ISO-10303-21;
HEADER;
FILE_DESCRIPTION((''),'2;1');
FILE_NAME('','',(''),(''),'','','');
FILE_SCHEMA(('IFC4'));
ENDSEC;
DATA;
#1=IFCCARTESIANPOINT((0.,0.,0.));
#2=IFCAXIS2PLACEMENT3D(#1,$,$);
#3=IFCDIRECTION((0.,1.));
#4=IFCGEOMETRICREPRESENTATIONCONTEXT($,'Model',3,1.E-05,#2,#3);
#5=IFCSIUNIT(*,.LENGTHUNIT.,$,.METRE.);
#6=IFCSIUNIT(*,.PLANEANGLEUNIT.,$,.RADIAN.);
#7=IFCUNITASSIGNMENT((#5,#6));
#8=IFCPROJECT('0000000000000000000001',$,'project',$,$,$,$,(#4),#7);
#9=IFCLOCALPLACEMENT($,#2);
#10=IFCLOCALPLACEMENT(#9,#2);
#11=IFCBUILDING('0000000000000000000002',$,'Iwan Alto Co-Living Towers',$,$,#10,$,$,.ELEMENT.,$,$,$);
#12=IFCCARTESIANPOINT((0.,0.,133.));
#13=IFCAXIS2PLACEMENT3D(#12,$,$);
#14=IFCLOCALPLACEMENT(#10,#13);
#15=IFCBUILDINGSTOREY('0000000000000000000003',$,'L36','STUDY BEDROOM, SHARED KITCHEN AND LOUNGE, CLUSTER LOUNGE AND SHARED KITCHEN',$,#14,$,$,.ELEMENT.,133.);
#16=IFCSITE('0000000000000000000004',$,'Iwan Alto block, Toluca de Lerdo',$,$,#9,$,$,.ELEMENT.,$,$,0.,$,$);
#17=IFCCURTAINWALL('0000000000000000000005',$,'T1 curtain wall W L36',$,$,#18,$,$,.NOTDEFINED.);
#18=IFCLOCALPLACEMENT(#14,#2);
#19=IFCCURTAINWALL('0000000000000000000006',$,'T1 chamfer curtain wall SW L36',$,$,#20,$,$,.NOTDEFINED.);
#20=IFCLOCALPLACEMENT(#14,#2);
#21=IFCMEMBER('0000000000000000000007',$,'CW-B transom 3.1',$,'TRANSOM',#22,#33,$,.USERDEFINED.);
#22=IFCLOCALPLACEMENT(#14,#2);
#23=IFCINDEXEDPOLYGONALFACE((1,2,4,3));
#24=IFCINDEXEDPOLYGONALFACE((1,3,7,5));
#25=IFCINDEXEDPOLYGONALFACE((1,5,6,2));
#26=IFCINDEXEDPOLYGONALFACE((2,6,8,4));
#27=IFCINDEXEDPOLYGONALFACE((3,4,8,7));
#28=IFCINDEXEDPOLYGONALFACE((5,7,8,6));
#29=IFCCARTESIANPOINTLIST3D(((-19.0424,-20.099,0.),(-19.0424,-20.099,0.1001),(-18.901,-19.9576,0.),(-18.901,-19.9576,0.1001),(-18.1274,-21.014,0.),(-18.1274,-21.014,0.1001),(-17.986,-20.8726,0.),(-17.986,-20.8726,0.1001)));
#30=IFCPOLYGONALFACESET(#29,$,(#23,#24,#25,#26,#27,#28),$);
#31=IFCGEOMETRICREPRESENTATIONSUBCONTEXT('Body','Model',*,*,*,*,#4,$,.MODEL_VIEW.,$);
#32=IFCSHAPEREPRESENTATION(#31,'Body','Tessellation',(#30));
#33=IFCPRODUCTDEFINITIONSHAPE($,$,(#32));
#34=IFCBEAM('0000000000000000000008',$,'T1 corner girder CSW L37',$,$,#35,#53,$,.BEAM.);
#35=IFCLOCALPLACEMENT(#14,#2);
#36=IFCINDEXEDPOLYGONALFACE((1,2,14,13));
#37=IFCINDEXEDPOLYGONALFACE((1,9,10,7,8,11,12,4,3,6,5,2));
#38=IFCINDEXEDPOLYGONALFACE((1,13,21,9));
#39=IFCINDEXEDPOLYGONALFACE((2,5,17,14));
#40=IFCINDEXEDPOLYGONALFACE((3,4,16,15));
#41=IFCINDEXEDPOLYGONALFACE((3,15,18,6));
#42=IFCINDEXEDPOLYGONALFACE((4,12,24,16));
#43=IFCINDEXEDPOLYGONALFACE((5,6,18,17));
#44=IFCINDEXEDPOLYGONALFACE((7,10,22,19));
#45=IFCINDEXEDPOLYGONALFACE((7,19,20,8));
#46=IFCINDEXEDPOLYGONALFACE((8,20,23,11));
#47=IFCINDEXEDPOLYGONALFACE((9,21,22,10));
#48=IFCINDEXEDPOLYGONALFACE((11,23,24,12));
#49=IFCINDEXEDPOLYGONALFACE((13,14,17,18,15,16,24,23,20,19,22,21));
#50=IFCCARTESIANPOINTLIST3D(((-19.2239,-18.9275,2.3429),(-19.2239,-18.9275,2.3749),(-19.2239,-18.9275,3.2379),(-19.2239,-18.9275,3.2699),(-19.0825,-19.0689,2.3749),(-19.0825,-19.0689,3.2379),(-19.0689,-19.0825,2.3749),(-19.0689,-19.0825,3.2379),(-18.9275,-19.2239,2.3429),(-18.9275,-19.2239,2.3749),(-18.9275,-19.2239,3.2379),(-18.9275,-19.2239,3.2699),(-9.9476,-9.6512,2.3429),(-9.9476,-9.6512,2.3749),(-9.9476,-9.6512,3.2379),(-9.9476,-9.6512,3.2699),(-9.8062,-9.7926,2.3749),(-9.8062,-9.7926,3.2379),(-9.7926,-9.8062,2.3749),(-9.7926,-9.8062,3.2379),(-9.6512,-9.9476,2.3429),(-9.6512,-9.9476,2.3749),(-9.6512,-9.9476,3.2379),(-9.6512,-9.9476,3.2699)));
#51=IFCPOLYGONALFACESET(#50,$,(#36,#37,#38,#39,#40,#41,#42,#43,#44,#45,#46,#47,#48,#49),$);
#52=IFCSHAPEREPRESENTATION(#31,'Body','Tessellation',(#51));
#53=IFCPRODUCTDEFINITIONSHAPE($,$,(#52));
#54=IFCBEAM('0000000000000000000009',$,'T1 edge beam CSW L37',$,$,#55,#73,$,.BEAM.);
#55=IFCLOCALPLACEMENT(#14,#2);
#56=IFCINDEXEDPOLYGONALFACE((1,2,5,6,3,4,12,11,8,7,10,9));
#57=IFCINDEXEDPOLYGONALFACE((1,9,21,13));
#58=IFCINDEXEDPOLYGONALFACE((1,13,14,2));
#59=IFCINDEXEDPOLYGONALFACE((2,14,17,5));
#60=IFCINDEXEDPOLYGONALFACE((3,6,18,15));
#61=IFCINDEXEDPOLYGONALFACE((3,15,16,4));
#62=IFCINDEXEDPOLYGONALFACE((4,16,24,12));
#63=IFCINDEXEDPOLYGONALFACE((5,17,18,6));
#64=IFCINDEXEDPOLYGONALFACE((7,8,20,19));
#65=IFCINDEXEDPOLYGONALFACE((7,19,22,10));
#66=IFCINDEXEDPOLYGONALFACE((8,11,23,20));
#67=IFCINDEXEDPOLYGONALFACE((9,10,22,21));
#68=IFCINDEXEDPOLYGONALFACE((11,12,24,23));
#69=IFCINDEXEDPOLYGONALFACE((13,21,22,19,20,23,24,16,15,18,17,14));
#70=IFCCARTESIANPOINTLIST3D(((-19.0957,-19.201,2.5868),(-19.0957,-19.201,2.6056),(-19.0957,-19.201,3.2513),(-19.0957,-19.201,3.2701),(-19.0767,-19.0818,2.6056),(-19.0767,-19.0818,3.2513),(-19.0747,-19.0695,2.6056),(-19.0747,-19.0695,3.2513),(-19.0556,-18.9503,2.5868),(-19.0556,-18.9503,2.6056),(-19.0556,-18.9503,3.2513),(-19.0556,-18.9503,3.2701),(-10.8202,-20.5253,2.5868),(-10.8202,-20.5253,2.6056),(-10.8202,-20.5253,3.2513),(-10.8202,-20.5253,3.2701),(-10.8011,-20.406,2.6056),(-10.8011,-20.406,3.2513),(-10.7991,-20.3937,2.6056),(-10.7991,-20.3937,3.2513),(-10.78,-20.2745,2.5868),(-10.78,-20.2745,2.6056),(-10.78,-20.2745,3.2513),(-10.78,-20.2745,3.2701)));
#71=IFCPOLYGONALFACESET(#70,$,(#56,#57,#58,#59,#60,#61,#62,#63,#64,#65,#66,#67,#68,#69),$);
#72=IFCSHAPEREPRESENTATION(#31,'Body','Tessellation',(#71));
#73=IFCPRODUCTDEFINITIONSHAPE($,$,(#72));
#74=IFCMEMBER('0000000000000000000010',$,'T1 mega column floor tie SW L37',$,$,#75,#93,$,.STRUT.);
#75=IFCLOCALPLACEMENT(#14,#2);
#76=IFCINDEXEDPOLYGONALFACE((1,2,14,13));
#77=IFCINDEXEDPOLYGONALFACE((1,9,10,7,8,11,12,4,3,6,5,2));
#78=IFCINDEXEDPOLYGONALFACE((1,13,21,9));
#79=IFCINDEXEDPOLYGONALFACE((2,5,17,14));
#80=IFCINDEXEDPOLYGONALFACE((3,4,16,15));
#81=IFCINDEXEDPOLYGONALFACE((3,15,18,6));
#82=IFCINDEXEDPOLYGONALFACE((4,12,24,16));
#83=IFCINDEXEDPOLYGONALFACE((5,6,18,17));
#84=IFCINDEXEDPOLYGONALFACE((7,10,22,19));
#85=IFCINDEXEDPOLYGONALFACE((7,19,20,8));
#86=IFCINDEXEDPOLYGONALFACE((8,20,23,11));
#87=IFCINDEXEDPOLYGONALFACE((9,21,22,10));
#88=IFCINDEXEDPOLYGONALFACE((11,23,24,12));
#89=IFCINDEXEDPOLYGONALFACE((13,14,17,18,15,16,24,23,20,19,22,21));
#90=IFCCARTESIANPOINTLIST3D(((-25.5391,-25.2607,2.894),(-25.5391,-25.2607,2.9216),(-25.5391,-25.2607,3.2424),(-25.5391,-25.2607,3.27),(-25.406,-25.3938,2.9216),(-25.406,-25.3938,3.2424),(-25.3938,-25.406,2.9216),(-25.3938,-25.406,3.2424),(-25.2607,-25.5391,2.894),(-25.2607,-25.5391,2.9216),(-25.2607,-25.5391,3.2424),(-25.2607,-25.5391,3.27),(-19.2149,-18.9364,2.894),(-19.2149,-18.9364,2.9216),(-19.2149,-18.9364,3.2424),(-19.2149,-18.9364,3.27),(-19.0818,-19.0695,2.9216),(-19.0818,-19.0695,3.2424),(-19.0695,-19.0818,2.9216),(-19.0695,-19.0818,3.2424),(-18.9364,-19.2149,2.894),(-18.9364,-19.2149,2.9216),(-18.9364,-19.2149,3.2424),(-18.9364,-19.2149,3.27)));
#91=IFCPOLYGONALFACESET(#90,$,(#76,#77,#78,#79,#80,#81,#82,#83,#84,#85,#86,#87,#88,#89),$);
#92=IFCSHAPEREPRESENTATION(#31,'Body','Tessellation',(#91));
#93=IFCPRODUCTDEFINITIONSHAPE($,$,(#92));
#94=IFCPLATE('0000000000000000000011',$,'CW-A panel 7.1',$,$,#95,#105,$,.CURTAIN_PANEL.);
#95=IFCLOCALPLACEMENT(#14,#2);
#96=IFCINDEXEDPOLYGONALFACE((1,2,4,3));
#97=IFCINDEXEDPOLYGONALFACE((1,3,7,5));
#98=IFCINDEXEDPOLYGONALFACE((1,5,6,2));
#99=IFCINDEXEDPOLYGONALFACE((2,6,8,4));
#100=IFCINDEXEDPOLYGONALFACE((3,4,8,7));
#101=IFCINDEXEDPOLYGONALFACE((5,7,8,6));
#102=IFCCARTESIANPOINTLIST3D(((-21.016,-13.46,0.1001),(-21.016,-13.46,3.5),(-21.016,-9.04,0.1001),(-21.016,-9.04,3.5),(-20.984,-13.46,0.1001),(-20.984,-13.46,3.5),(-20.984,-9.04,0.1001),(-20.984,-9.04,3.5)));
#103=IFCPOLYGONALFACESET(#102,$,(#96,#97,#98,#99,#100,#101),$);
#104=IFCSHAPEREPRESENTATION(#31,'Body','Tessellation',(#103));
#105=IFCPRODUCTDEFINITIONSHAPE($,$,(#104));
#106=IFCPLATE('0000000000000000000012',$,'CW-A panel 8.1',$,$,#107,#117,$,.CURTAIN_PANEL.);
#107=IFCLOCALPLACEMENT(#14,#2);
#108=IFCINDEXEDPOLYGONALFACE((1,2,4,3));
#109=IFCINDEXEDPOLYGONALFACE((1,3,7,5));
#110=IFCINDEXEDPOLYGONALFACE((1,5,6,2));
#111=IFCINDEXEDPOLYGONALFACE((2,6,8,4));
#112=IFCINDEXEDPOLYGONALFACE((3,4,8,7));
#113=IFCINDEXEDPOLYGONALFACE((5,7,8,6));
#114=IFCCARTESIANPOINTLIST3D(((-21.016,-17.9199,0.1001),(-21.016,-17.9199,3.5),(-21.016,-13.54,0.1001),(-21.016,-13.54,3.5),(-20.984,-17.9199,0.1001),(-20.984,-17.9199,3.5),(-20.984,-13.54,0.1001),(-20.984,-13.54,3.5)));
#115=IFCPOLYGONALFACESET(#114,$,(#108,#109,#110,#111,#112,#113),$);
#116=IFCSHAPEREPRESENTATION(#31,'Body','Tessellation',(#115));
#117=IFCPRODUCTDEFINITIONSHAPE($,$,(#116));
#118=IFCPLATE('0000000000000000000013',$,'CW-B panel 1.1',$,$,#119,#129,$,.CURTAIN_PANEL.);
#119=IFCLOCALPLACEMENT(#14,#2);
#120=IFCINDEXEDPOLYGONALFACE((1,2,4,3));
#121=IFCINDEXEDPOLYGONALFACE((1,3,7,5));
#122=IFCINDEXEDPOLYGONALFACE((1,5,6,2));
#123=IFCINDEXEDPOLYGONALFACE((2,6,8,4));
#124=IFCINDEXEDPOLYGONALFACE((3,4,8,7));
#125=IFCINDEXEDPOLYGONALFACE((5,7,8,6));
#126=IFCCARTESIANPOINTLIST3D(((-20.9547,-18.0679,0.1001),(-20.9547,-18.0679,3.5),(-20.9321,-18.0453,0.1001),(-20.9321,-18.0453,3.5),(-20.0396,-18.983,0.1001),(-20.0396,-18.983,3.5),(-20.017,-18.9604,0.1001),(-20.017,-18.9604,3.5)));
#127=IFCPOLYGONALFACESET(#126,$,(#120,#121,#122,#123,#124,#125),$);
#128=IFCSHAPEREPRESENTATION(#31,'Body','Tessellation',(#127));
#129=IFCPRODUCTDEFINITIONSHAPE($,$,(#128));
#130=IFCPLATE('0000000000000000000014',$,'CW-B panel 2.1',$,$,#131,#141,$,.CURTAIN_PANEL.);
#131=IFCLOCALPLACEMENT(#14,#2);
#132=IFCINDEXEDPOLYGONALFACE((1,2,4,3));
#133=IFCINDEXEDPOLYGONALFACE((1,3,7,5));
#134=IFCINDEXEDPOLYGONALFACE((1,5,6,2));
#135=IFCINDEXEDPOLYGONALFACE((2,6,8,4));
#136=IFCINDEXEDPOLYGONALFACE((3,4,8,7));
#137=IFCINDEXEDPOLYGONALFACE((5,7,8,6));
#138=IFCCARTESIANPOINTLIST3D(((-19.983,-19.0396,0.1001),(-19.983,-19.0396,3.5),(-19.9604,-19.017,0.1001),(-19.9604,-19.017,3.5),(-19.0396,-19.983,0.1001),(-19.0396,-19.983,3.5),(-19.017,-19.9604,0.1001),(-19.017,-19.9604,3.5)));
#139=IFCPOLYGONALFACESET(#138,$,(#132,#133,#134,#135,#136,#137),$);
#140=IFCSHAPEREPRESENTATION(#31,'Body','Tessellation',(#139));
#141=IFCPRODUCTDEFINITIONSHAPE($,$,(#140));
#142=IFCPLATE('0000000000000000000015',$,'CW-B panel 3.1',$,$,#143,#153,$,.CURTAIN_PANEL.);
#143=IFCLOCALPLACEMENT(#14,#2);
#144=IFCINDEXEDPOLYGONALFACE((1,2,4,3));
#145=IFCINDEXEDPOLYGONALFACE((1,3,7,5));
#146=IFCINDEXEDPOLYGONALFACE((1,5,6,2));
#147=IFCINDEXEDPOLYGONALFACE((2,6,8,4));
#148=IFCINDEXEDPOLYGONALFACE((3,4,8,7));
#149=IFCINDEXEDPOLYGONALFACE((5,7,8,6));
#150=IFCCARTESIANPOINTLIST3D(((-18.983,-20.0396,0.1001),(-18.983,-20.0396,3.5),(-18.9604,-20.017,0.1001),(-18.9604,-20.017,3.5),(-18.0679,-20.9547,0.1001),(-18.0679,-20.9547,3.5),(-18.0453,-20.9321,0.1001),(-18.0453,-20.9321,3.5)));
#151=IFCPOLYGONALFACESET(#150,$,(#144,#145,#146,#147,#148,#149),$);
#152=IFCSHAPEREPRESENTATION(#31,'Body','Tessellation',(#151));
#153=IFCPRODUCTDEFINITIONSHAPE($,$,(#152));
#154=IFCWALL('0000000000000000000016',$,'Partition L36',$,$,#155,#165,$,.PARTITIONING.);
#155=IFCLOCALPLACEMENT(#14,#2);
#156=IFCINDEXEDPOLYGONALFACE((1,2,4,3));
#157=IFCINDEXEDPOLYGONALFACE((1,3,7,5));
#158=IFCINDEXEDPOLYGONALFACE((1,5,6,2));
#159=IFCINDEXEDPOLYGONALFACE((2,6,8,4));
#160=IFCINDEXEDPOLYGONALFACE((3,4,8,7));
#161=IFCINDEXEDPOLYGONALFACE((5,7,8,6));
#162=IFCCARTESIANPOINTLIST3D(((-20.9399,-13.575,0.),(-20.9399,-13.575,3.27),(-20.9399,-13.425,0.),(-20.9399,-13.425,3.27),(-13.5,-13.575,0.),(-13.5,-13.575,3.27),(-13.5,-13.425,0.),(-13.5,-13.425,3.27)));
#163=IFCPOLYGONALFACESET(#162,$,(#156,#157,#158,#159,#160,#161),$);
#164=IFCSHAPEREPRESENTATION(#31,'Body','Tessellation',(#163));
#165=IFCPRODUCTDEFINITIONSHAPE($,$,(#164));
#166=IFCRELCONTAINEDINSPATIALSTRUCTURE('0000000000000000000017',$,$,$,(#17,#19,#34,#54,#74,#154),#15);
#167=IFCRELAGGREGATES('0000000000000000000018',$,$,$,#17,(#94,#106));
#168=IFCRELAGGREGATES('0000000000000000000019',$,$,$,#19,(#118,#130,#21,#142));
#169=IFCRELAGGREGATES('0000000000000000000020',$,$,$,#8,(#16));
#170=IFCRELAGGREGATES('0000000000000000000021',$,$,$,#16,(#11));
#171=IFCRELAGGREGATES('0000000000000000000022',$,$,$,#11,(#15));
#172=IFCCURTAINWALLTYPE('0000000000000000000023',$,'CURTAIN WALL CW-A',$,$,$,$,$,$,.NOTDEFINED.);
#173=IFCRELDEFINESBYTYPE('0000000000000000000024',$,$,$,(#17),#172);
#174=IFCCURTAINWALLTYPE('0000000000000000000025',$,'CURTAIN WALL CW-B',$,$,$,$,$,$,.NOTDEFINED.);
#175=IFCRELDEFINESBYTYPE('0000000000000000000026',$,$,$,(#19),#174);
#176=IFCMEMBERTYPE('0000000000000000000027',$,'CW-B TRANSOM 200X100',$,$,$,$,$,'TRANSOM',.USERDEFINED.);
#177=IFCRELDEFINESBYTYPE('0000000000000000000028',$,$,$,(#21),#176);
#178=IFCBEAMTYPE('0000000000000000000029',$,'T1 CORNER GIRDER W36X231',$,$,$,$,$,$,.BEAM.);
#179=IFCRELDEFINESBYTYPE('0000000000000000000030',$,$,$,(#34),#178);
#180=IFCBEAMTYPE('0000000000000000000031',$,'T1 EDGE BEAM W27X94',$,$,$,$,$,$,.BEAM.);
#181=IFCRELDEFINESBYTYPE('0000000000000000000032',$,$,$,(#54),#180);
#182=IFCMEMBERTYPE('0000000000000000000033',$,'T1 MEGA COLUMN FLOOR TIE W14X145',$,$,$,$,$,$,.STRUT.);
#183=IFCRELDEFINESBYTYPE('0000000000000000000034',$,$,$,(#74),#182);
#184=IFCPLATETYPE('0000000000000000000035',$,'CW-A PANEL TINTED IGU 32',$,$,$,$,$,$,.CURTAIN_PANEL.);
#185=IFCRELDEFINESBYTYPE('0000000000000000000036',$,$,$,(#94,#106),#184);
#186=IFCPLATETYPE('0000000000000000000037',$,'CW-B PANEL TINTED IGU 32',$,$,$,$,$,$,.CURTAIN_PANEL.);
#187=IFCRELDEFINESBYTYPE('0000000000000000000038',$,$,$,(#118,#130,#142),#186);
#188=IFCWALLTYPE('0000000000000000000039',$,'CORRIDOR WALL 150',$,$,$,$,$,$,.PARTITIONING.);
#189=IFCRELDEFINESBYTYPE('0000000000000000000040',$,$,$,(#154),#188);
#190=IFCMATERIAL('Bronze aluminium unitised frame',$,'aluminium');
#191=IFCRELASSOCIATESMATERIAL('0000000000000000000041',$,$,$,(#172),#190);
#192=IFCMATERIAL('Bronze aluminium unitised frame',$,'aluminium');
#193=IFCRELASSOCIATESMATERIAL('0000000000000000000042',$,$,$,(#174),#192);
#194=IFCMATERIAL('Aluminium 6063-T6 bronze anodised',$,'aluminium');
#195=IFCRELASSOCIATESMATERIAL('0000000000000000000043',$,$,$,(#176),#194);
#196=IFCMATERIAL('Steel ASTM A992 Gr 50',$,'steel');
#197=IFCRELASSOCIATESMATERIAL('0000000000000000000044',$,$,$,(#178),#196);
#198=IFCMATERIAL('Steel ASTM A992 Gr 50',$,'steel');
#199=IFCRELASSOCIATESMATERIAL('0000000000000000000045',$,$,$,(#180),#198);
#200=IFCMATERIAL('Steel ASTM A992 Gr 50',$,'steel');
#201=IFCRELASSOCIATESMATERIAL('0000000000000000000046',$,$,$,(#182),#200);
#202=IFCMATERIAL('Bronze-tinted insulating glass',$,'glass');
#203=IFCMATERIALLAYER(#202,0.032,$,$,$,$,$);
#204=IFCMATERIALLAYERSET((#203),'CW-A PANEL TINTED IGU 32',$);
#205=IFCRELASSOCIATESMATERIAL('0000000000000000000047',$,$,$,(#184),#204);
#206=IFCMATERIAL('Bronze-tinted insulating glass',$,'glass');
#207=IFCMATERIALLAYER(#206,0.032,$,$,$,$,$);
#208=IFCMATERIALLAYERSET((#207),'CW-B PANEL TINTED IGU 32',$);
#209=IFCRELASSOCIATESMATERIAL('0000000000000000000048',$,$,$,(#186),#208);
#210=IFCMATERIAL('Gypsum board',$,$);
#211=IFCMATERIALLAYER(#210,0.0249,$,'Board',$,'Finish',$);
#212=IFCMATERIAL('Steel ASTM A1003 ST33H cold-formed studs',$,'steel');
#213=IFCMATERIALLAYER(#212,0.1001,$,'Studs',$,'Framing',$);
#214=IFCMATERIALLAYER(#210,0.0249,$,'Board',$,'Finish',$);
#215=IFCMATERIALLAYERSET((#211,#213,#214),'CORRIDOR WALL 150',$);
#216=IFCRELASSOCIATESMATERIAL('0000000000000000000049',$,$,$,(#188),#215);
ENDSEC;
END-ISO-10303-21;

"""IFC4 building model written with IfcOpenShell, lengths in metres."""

from ifc_helpers import new_model, si_unit, direction, frame, frame_2d, origin, origin_2d, place, context, subcontext, project, spatial, rectangle, i_section, extrude, material, layer, layer_set, material_profile, profile_set, type_object, element, aggregate, save


model = new_model("IFC4")

# Units and contexts
model_context = context("Model", 3, precision=1e-05, world=origin(), true_north=direction((0.0, 1.0)))
body_context = subcontext(model_context, "Body", "Model", "MODEL_VIEW")
ifc_project = project(units=[si_unit("LENGTHUNIT", "METRE"), si_unit("PLANEANGLEUNIT", "RADIAN")], contexts=[model_context])

# Site, building, storey
site_placement = place(None, origin())
site = spatial("IfcSite", under=ifc_project, at=site_placement, Name="Iwan Alto block, Toluca de Lerdo", CompositionType="ELEMENT", RefElevation=0.0)
building_placement = place(site_placement, origin())
building = spatial("IfcBuilding", under=site, at=building_placement, Name="Iwan Alto Co-Living Towers", CompositionType="ELEMENT")
storey_placement = place(building_placement, frame((0.0, 0.0, 133.0)))
storey = spatial("IfcBuildingStorey", under=building, at=storey_placement, Name="L36", Description="STUDY BEDROOM, SHARED KITCHEN AND LOUNGE, CLUSTER LOUNGE AND SHARED KITCHEN", CompositionType="ELEMENT", Elevation=133.0)

# Shared definitions
ifc_material_1 = material(Name="Bronze aluminium unitised frame", Category="aluminium")
curtain_wall_type_1 = type_object("IfcCurtainWallType", Name="CURTAIN WALL CW-A", PredefinedType="NOTDEFINED", material=ifc_material_1)

# Curtain walls, member
curtain_wall_1_placement = place(storey_placement, origin())
curtain_wall_1 = element("IfcCurtainWall", 1, at=curtain_wall_1_placement, inside=storey, type_object=curtain_wall_type_1, Name="T1 curtain wall W L36", PredefinedType="NOTDEFINED")
ifc_material_2 = material(Name="Bronze aluminium unitised frame", Category="aluminium")
curtain_wall_type_2 = type_object("IfcCurtainWallType", Name="CURTAIN WALL CW-B", PredefinedType="NOTDEFINED", material=ifc_material_2)
curtain_wall_2_placement = place(storey_placement, origin())
curtain_wall_2 = element("IfcCurtainWall", 2, at=curtain_wall_2_placement, inside=storey, type_object=curtain_wall_type_2, Name="T1 chamfer curtain wall SW L36", PredefinedType="NOTDEFINED")
ifc_material_3 = material(Name="Aluminium 6063-T6 bronze anodised", Category="aluminium")
ifc_material_profile_1 = material_profile(ifc_material_3, rectangle(XDim=0.2, YDim=0.1001, at=origin_2d()), Name="AL 200X100")
ifc_profile_set_1 = profile_set([ifc_material_profile_1], Name="Aluminium 6063-T6 bronze anodised")
member_type_1 = type_object("IfcMemberType", Name="CW-B TRANSOM 200X100", ElementType="TRANSOM", PredefinedType="USERDEFINED", material=ifc_profile_set_1)
member_1_placement = place(storey_placement, frame((-18.9717, -20.0283, 0.05), z_axis=(0.707107, -0.707107, 0.0), x_axis=(0.707107, 0.707107, 0.0)))
member_1 = element("IfcMember", 3, at=member_1_placement, type_object=member_type_1, Name="CW-B transom 3.1", ObjectType="TRANSOM", PredefinedType="USERDEFINED", context=body_context, shape_type="SweptSolid", body=[
    extrude(rectangle(XDim=0.2, YDim=0.1001, at=origin_2d()), origin(), (0.0, 0.0, 1.0), 1.2939),
])

# Beams
ifc_material_4 = material(Name="Steel ASTM A992 Gr 50", Category="steel")
ifc_material_profile_2 = material_profile(ifc_material_4, i_section(OverallWidth=0.4192, OverallDepth=0.927, WebThickness=0.0193, FlangeThickness=0.032, at=origin_2d()), Name="W36X231")
ifc_profile_set_2 = profile_set([ifc_material_profile_2], Name="Steel ASTM A992 Gr 50")
beam_type_1 = type_object("IfcBeamType", Name="T1 CORNER GIRDER W36X231", PredefinedType="BEAM", material=ifc_profile_set_2)
beam_1_placement = place(storey_placement, frame((-19.0757, -19.0757, 2.8064), z_axis=(0.707107, 0.707107, 0.0), x_axis=(-0.707107, 0.707107, 0.0)))
element("IfcBeam", 4, at=beam_1_placement, inside=storey, type_object=beam_type_1, Name="T1 corner girder CSW L37", PredefinedType="BEAM", context=body_context, shape_type="SweptSolid", body=[
    extrude(i_section(OverallWidth=0.4192, OverallDepth=0.927, WebThickness=0.0193, FlangeThickness=0.032, at=origin_2d()), origin(), (0.0, 0.0, 1.0), 13.1187),
])
ifc_material_5 = material(Name="Steel ASTM A992 Gr 50", Category="steel")
ifc_material_profile_3 = material_profile(ifc_material_5, i_section(OverallWidth=0.2539, OverallDepth=0.6833, WebThickness=0.0125, FlangeThickness=0.0188, at=origin_2d()), Name="W27X94")
ifc_profile_set_3 = profile_set([ifc_material_profile_3], Name="Steel ASTM A992 Gr 50")
beam_type_2 = type_object("IfcBeamType", Name="T1 EDGE BEAM W27X94", PredefinedType="BEAM", material=ifc_profile_set_3)
beam_2_placement = place(storey_placement, frame((-19.0757, -19.0757, 2.9285), z_axis=(0.987438, -0.158004, 0.0), x_axis=(0.158004, 0.987438, 0.0)))
element("IfcBeam", 5, at=beam_2_placement, inside=storey, type_object=beam_type_2, Name="T1 edge beam CSW L37", PredefinedType="BEAM", context=body_context, shape_type="SweptSolid", body=[
    extrude(i_section(OverallWidth=0.2539, OverallDepth=0.6833, WebThickness=0.0125, FlangeThickness=0.0188, at=origin_2d()), origin(), (0.0, 0.0, 1.0), 8.3809),
])

# Member
ifc_material_6 = material(Name="Steel ASTM A992 Gr 50", Category="steel")
ifc_material_profile_4 = material_profile(ifc_material_6, i_section(OverallWidth=0.3938, OverallDepth=0.376, WebThickness=0.0173, FlangeThickness=0.0276, at=origin_2d()), Name="W14X145")
ifc_profile_set_4 = profile_set([ifc_material_profile_4], Name="Steel ASTM A992 Gr 50")
member_type_2 = type_object("IfcMemberType", Name="T1 MEGA COLUMN FLOOR TIE W14X145", PredefinedType="STRUT", material=ifc_profile_set_4)
member_2_placement = place(storey_placement, frame((-25.3999, -25.3999, 3.082), z_axis=(0.707107, 0.707107, 0.0), x_axis=(-0.707107, 0.707107, 0.0)))
element("IfcMember", 6, at=member_2_placement, inside=storey, type_object=member_type_2, Name="T1 mega column floor tie SW L37", PredefinedType="STRUT", context=body_context, shape_type="SweptSolid", body=[
    extrude(i_section(OverallWidth=0.3938, OverallDepth=0.376, WebThickness=0.0173, FlangeThickness=0.0276, at=origin_2d()), origin(), (0.0, 0.0, 1.0), 8.9438),
])

# Plates
ifc_material_7 = material(Name="Bronze-tinted insulating glass", Category="glass")
ifc_layer_1 = layer(ifc_material_7, 0.032)
ifc_layer_set_1 = layer_set([ifc_layer_1], Name="CW-A PANEL TINTED IGU 32")
plate_type_1 = type_object("IfcPlateType", Name="CW-A PANEL TINTED IGU 32", PredefinedType="CURTAIN_PANEL", material=ifc_layer_set_1)
plate_1_placement = place(storey_placement, frame((-21.0, -11.25, 0.1001), z_axis=(0.0, 0.0, 1.0), x_axis=(0.0, -1.0, 0.0)))
plate_1 = element("IfcPlate", 7, at=plate_1_placement, type_object=plate_type_1, Name="CW-A panel 7.1", PredefinedType="CURTAIN_PANEL", context=body_context, shape_type="SweptSolid", body=[
    extrude(rectangle(XDim=4.4199, YDim=0.032, at=origin_2d()), origin(), (0.0, 0.0, 1.0), 3.3999),
])
plate_2_placement = place(storey_placement, frame((-21.0, -15.73, 0.1001), z_axis=(0.0, 0.0, 1.0), x_axis=(0.0, -1.0, 0.0)))
plate_2 = element("IfcPlate", 8, at=plate_2_placement, type_object=plate_type_1, Name="CW-A panel 8.1", PredefinedType="CURTAIN_PANEL", context=body_context, shape_type="SweptSolid", body=[
    extrude(rectangle(XDim=4.3799, YDim=0.032, at=origin_2d()), origin(), (0.0, 0.0, 1.0), 3.3999),
])
aggregate(curtain_wall_1, [plate_1, plate_2])
ifc_material_8 = material(Name="Bronze-tinted insulating glass", Category="glass")
ifc_layer_2 = layer(ifc_material_8, 0.032)
ifc_layer_set_2 = layer_set([ifc_layer_2], Name="CW-B PANEL TINTED IGU 32")
plate_type_2 = type_object("IfcPlateType", Name="CW-B PANEL TINTED IGU 32", PredefinedType="CURTAIN_PANEL", material=ifc_layer_set_2)
plate_3_placement = place(storey_placement, frame((-20.4858, -18.5142, 0.1001), z_axis=(0.0, 0.0, 1.0), x_axis=(0.707107, -0.707107, 0.0)))
plate_3 = element("IfcPlate", 9, at=plate_3_placement, type_object=plate_type_2, Name="CW-B panel 1.1", PredefinedType="CURTAIN_PANEL", context=body_context, shape_type="SweptSolid", body=[
    extrude(rectangle(XDim=1.2942, YDim=0.032, at=origin_2d()), origin(), (0.0, 0.0, 1.0), 3.3999),
])
plate_4_placement = place(storey_placement, frame((-19.5, -19.5, 0.1001), z_axis=(0.0, 0.0, 1.0), x_axis=(0.707107, -0.707107, 0.0)))
plate_4 = element("IfcPlate", 10, at=plate_4_placement, type_object=plate_type_2, Name="CW-B panel 2.1", PredefinedType="CURTAIN_PANEL", context=body_context, shape_type="SweptSolid", body=[
    extrude(rectangle(XDim=1.3342, YDim=0.032, at=origin_2d()), origin(), (0.0, 0.0, 1.0), 3.3999),
])
plate_5_placement = place(storey_placement, frame((-18.5142, -20.4858, 0.1001), z_axis=(0.0, 0.0, 1.0), x_axis=(0.707107, -0.707107, 0.0)))
plate_5 = element("IfcPlate", 11, at=plate_5_placement, type_object=plate_type_2, Name="CW-B panel 3.1", PredefinedType="CURTAIN_PANEL", context=body_context, shape_type="SweptSolid", body=[
    extrude(rectangle(XDim=1.2942, YDim=0.032, at=origin_2d()), origin(), (0.0, 0.0, 1.0), 3.3999),
])
aggregate(curtain_wall_2, [plate_3, plate_4, member_1, plate_5])

# Wall
ifc_material_9 = material(Name="Gypsum board")
ifc_layer_3 = layer(ifc_material_9, 0.0249, Name="Board", Category="Finish")
ifc_material_10 = material(Name="Steel ASTM A1003 ST33H cold-formed studs", Category="steel")
ifc_layer_4 = layer(ifc_material_10, 0.1001, Name="Studs", Category="Framing")
ifc_layer_5 = layer(ifc_material_9, 0.0249, Name="Board", Category="Finish")
ifc_layer_set_3 = layer_set([ifc_layer_3, ifc_layer_4, ifc_layer_5], Name="CORRIDOR WALL 150")
wall_type = type_object("IfcWallType", Name="CORRIDOR WALL 150", PredefinedType="PARTITIONING", material=ifc_layer_set_3)
wall_placement = place(storey_placement, frame((-20.9399, -13.5, 0.0), z_axis=(0.0, 0.0, 1.0), x_axis=(1.0, 0.0, 0.0)))
element("IfcWall", 12, at=wall_placement, inside=storey, type_object=wall_type, Name="Partition L36", PredefinedType="PARTITIONING", context=body_context, shape_type="SweptSolid", body=[
    extrude(rectangle(XDim=7.4399, YDim=0.1499, at=frame_2d((3.72, 0.0))), origin(), (0.0, 0.0, 1.0), 3.27),
])

save(model, "model.ifc")
